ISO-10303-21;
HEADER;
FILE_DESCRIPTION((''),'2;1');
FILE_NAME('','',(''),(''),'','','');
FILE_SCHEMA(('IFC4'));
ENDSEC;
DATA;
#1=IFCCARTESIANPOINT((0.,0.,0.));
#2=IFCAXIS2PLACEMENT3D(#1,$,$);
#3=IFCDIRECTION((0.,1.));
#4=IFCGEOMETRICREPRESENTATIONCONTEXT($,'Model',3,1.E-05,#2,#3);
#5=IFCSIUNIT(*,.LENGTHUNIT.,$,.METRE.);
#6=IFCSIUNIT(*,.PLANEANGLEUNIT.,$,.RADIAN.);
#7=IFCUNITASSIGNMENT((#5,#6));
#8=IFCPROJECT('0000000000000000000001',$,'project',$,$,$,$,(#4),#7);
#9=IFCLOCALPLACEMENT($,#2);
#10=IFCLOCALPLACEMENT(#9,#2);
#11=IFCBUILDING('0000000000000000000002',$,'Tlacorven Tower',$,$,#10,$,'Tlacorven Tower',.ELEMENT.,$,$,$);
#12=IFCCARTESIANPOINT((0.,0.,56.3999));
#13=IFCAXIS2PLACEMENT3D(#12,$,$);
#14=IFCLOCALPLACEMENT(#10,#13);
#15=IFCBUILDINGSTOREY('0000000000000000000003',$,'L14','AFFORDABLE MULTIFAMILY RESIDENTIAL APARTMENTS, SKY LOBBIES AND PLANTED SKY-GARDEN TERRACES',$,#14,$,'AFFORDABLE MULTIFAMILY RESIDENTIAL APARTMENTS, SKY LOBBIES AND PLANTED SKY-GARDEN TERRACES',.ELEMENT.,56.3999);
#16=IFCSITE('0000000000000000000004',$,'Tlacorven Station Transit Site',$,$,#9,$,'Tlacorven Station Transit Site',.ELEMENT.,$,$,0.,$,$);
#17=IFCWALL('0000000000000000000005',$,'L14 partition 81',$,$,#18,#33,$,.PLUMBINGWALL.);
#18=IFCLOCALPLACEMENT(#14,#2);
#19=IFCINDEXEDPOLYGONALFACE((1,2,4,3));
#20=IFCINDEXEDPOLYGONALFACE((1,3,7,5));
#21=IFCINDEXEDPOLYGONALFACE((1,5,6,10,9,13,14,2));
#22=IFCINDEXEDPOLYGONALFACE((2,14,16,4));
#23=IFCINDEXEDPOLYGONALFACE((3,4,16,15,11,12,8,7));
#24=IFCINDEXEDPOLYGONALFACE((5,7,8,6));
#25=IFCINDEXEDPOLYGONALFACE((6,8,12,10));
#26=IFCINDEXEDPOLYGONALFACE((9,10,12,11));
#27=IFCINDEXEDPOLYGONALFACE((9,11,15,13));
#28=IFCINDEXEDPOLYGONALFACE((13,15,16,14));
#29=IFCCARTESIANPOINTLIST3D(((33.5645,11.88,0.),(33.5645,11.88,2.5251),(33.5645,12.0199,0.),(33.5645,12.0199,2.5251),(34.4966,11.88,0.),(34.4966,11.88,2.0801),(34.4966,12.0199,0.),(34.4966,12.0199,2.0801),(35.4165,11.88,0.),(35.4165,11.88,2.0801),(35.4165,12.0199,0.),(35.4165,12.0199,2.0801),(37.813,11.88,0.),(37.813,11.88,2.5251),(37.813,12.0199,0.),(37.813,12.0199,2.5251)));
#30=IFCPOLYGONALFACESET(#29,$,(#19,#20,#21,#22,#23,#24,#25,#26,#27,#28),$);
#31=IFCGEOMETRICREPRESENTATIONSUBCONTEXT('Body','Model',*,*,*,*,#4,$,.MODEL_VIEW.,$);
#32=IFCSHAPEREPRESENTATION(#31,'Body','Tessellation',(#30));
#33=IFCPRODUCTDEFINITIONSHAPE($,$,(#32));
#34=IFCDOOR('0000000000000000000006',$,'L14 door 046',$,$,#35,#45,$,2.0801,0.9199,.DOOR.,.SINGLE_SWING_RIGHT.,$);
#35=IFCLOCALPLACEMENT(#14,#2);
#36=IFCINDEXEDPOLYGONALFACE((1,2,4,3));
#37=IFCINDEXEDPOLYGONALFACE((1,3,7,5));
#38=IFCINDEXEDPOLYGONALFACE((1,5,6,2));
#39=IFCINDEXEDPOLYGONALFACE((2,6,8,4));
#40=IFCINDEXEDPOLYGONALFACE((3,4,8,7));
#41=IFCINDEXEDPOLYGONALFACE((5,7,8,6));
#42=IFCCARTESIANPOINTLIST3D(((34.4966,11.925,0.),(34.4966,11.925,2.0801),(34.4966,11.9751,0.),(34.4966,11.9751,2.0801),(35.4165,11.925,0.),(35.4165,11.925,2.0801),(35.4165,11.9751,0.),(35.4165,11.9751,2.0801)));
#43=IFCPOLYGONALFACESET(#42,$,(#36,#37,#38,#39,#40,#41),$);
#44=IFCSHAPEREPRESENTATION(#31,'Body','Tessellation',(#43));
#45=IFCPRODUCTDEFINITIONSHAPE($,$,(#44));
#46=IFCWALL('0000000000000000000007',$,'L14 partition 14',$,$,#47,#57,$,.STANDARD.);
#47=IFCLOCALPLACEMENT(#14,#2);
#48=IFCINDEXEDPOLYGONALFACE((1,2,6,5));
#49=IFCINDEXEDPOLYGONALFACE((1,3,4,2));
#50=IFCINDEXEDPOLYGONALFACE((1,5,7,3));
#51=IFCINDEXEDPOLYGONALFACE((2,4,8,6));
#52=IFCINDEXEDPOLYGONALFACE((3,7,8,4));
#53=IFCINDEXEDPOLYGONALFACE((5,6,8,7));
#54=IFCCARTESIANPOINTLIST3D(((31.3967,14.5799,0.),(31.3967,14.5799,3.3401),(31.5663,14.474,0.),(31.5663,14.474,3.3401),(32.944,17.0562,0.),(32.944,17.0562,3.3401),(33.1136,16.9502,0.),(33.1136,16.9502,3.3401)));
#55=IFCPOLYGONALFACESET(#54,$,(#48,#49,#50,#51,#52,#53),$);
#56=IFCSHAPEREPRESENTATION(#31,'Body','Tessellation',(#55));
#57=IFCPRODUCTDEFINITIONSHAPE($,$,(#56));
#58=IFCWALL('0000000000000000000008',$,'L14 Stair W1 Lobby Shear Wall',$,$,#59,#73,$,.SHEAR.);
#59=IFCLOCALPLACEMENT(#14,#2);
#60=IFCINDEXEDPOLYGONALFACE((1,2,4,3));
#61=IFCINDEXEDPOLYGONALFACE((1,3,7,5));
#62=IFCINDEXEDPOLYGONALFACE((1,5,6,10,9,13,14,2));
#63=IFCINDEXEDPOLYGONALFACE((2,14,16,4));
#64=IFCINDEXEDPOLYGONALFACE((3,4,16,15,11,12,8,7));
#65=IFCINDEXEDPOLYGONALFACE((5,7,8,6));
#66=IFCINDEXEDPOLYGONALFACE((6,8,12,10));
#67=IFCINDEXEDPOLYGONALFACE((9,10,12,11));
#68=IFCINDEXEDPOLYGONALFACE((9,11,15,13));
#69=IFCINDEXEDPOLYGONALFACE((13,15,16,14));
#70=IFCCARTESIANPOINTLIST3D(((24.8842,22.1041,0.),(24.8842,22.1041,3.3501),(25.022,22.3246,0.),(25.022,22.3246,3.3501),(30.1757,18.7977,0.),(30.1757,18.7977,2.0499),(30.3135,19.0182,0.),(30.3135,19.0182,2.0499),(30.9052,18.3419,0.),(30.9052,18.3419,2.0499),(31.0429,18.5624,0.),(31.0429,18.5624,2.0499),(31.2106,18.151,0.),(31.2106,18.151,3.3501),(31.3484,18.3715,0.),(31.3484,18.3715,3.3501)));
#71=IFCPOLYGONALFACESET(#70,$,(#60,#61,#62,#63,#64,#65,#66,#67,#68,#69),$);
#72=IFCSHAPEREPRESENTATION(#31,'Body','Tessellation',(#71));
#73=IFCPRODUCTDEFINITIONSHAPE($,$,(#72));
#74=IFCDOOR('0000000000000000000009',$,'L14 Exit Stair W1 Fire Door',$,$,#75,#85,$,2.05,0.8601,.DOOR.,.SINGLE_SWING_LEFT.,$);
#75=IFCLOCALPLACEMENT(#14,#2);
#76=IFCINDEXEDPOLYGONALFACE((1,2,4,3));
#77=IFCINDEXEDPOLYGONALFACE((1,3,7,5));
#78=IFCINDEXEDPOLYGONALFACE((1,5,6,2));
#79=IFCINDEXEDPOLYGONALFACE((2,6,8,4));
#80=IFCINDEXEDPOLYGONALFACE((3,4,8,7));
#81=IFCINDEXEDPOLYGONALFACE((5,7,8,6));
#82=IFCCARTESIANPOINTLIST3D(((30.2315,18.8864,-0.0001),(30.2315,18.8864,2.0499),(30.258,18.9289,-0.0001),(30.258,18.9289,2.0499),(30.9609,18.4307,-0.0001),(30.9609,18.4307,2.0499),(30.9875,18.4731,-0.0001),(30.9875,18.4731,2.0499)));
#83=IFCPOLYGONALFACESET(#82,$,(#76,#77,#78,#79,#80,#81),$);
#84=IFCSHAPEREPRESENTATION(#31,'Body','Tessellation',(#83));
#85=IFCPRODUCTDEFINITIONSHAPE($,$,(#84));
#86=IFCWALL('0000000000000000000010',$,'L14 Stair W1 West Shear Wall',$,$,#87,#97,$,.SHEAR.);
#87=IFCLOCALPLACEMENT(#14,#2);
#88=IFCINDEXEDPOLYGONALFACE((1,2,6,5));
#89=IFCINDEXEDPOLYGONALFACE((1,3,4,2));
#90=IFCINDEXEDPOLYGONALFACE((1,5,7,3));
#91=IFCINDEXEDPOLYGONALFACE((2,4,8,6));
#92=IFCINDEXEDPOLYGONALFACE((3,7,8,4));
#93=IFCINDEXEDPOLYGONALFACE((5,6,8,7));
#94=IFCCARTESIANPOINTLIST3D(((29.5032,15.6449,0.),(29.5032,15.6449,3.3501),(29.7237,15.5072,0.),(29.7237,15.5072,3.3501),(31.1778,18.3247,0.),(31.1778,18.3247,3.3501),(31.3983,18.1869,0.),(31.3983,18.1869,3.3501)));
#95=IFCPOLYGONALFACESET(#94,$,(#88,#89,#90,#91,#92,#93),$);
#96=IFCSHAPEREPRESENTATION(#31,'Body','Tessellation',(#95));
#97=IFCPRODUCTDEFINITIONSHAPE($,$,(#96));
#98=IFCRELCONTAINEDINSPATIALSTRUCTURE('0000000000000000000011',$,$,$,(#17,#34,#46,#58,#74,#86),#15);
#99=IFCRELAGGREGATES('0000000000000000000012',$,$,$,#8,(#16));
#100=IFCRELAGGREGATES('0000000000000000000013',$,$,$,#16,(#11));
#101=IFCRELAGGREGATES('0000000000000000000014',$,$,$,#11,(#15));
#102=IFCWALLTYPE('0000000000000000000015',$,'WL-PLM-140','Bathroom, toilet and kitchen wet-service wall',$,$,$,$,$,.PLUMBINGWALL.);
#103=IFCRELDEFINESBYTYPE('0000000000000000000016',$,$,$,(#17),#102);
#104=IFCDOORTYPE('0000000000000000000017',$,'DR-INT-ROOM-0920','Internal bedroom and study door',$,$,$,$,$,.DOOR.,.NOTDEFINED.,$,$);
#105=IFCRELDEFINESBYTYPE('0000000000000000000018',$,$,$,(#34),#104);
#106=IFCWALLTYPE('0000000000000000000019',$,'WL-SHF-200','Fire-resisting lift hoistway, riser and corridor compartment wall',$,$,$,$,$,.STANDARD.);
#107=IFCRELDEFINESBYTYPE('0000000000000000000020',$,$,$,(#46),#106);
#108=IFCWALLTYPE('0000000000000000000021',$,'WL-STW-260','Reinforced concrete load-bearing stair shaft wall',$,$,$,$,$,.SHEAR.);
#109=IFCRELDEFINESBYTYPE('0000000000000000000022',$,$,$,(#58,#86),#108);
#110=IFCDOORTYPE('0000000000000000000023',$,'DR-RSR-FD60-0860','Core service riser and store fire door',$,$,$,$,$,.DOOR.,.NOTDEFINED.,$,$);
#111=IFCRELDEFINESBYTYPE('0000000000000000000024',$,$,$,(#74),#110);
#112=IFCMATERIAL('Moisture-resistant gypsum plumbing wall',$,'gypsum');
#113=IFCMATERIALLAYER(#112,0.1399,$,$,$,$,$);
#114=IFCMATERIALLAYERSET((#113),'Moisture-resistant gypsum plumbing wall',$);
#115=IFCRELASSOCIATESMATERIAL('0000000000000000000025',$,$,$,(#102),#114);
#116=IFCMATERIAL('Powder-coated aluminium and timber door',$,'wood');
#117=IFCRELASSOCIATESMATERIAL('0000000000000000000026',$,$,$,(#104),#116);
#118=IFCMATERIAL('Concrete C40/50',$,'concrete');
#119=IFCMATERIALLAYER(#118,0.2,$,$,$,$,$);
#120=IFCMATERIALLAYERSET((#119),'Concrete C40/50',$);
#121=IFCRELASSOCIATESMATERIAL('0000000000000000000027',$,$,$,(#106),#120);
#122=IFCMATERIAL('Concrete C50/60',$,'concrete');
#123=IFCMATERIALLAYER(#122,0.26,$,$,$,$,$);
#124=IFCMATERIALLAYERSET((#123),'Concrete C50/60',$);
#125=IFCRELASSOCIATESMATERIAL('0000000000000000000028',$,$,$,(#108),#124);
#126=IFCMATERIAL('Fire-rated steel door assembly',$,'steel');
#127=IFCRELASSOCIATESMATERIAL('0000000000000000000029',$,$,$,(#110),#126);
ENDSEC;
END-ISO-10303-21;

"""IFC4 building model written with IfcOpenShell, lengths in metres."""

from ifc_helpers import new_model, si_unit, direction, frame, frame_2d, origin, place, context, subcontext, project, spatial, rectangle, extrude, source, transform, mapped, material, layer, layer_set, type_object, element, fill, save


model = new_model("IFC4")

# Units and contexts
model_context = context("Model", 3, precision=1e-05, world=origin(), true_north=direction((0.0, 1.0)))
body_context = subcontext(model_context, "Body", "Model", "MODEL_VIEW")
ifc_project = project(units=[si_unit("LENGTHUNIT", "METRE"), si_unit("PLANEANGLEUNIT", "RADIAN")], contexts=[model_context])

# Site, building, storey
site_placement = place(None, origin())
site = spatial("IfcSite", under=ifc_project, at=site_placement, Name="Tlacorven Station Transit Site", LongName="Tlacorven Station Transit Site", CompositionType="ELEMENT", RefElevation=0.0)
building_placement = place(site_placement, origin())
building = spatial("IfcBuilding", under=site, at=building_placement, Name="Tlacorven Tower", LongName="Tlacorven Tower", CompositionType="ELEMENT")
storey_placement = place(building_placement, frame((0.0, 0.0, 56.3999)))
storey = spatial("IfcBuildingStorey", under=building, at=storey_placement, Name="L14", Description="AFFORDABLE MULTIFAMILY RESIDENTIAL APARTMENTS, SKY LOBBIES AND PLANTED SKY-GARDEN TERRACES", LongName="AFFORDABLE MULTIFAMILY RESIDENTIAL APARTMENTS, SKY LOBBIES AND PLANTED SKY-GARDEN TERRACES", CompositionType="ELEMENT", Elevation=56.3999)

# Shared definitions
ifc_material_1 = material(Name="Fire-rated steel door assembly", Category="steel")

# Shared definitions
ifc_material_2 = material(Name="Moisture-resistant gypsum plumbing wall", Category="gypsum")
ifc_layer_1 = layer(ifc_material_2, 0.1399)
ifc_layer_set_1 = layer_set([ifc_layer_1], Name="Moisture-resistant gypsum plumbing wall")
wall_type_1 = type_object("IfcWallType", Name="WL-PLM-140", Description="Bathroom, toilet and kitchen wet-service wall", PredefinedType="PLUMBINGWALL", material=ifc_layer_set_1)

# Wall, opening, door
wall_1_placement = place(storey_placement, frame((33.5645, 11.95, 0.0), z_axis=(0.0, 0.0, 1.0), x_axis=(1.0, 0.0, 0.0)))
wall_1 = element("IfcWall", 1, at=wall_1_placement, inside=storey, type_object=wall_type_1, Name="L14 partition 81", PredefinedType="PLUMBINGWALL", context=body_context, shape_type="SweptSolid", body=[
    extrude(rectangle(XDim=4.2485, YDim=0.1399, at=frame_2d((2.1243, 0.0))), origin(), (0.0, 0.0, 1.0), 2.5251),
])
opening_1_placement = place(wall_1_placement, frame((0.9321, 0.0, 0.0)))
opening_1 = element("IfcOpeningElement", 2, at=opening_1_placement, cuts=wall_1, PredefinedType="OPENING", context=body_context, shape_type="SweptSolid", body=[
    extrude(rectangle(XDim=0.9199, YDim=2.0801, at=frame_2d((0.46, 1.04))), frame((0.0, 0.0801, 0.0), z_axis=(0.0, -1.0, 0.0), x_axis=(1.0, 0.0, 0.0)), (0.0, 0.0, 1.0), 0.1599),
])
ifc_material_3 = material(Name="Powder-coated aluminium and timber door", Category="wood")
door_type_1 = type_object("IfcDoorType", Name="DR-INT-ROOM-0920", Description="Internal bedroom and study door", OperationType="NOTDEFINED", PredefinedType="DOOR", material=ifc_material_3)
shared_shape_1 = source(origin(), body_context, "Body", "SweptSolid", [
    extrude(rectangle(XDim=0.9199, YDim=2.0801, at=frame_2d((0.46, 1.04))), frame((0.0, 0.0249, 0.0), z_axis=(0.0, -1.0, 0.0), x_axis=(1.0, 0.0, 0.0)), (0.0, 0.0, 1.0), 0.05),
])
door_1_placement = place(opening_1_placement, frame((0.9199, 0.0, 0.0), z_axis=(0.0, 0.0, 1.0), x_axis=(-1.0, 0.0, 0.0)))
door_1 = element("IfcDoor", 3, at=door_1_placement, inside=storey, type_object=door_type_1, Name="L14 door 046", OperationType="SINGLE_SWING_RIGHT", OverallHeight=2.0801, OverallWidth=0.9199, PredefinedType="DOOR", context=body_context, shape_type="MappedRepresentation", body=[
    mapped(shared_shape_1, transform((0.0, 0.0, 0.0), scale=1.0)),
])
fill(opening_1, door_1)

# Wall
ifc_material_4 = material(Name="Concrete C40/50", Category="concrete")
ifc_layer_2 = layer(ifc_material_4, 0.2)
ifc_layer_set_2 = layer_set([ifc_layer_2], Name="Concrete C40/50")
wall_type_2 = type_object("IfcWallType", Name="WL-SHF-200", Description="Fire-resisting lift hoistway, riser and corridor compartment wall", PredefinedType="STANDARD", material=ifc_layer_set_2)
wall_2_placement = place(storey_placement, frame((33.0288, 17.0032, 0.0), z_axis=(0.0, 0.0, 1.0), x_axis=(-0.529916, -0.84805, 0.0)))
element("IfcWall", 4, at=wall_2_placement, inside=storey, type_object=wall_type_2, Name="L14 partition 14", PredefinedType="STANDARD", context=body_context, shape_type="SweptSolid", body=[
    extrude(rectangle(XDim=2.9199, YDim=0.2, at=frame_2d((1.46, 0.0))), origin(), (0.0, 0.0, 1.0), 3.3401),
])

# Wall, opening, door
ifc_material_5 = material(Name="Concrete C50/60", Category="concrete")
ifc_layer_3 = layer(ifc_material_5, 0.26)
ifc_layer_set_3 = layer_set([ifc_layer_3], Name="Concrete C50/60")
wall_type_3 = type_object("IfcWallType", Name="WL-STW-260", Description="Reinforced concrete load-bearing stair shaft wall", PredefinedType="SHEAR", material=ifc_layer_set_3)
wall_3_placement = place(storey_placement, frame((31.2795, 18.2612, 0.0), z_axis=(0.0, 0.0, 1.0), x_axis=(-0.848052, 0.529914, 0.0)))
wall_3 = element("IfcWall", 5, at=wall_3_placement, inside=storey, type_object=wall_type_3, Name="L14 Stair W1 Lobby Shear Wall", PredefinedType="SHEAR", context=body_context, shape_type="SweptSolid", body=[
    extrude(rectangle(XDim=7.46, YDim=0.26, at=frame_2d((3.73, 0.0))), origin(), (0.0, 0.0, 1.0), 3.3501),
])
opening_2_placement = place(wall_3_placement, frame((0.3601, 0.0, 0.0)))
opening_2 = element("IfcOpeningElement", 6, at=opening_2_placement, cuts=wall_3, PredefinedType="OPENING", context=body_context, shape_type="SweptSolid", body=[
    extrude(rectangle(XDim=0.8601, YDim=2.05, at=frame_2d((0.4302, 1.0249))), frame((0.0, 0.1401, 0.0), z_axis=(0.0, -1.0, 0.0), x_axis=(1.0, 0.0, 0.0)), (0.0, 0.0, 1.0), 0.28),
])
door_type_2 = type_object("IfcDoorType", Name="DR-RSR-FD60-0860", Description="Core service riser and store fire door", OperationType="NOTDEFINED", PredefinedType="DOOR", material=ifc_material_1)
shared_shape_2 = source(origin(), body_context, "Body", "SweptSolid", [
    extrude(rectangle(XDim=0.8601, YDim=2.05, at=frame_2d((0.4302, 1.0249))), frame((0.0, 0.0249, 0.0), z_axis=(0.0, -1.0, 0.0), x_axis=(1.0, 0.0, 0.0)), (0.0, 0.0, 1.0), 0.05),
])
door_2_placement = place(opening_2_placement, frame((0.8601, 0.0, 0.0), z_axis=(0.0, 0.0, 1.0), x_axis=(-1.0, 0.0, 0.0)))
door_2 = element("IfcDoor", 7, at=door_2_placement, inside=storey, type_object=door_type_2, Name="L14 Exit Stair W1 Fire Door", OperationType="SINGLE_SWING_LEFT", OverallHeight=2.05, OverallWidth=0.8601, PredefinedType="DOOR", context=body_context, shape_type="MappedRepresentation", body=[
    mapped(shared_shape_2, transform((0.0, 0.0, 0.0), scale=1.0)),
])
fill(opening_2, door_2)

# Wall
wall_4_placement = place(storey_placement, frame((31.2881, 18.2559, 0.0), z_axis=(0.0, 0.0, 1.0), x_axis=(-0.529943, -0.848033, 0.0)))
element("IfcWall", 8, at=wall_4_placement, inside=storey, type_object=wall_type_3, Name="L14 Stair W1 West Shear Wall", PredefinedType="SHEAR", context=body_context, shape_type="SweptSolid", body=[
    extrude(rectangle(XDim=3.1599, YDim=0.26, at=frame_2d((1.5801, 0.0))), origin(), (0.0, 0.0, 1.0), 3.3501),
])

save(model, "model.ifc")
